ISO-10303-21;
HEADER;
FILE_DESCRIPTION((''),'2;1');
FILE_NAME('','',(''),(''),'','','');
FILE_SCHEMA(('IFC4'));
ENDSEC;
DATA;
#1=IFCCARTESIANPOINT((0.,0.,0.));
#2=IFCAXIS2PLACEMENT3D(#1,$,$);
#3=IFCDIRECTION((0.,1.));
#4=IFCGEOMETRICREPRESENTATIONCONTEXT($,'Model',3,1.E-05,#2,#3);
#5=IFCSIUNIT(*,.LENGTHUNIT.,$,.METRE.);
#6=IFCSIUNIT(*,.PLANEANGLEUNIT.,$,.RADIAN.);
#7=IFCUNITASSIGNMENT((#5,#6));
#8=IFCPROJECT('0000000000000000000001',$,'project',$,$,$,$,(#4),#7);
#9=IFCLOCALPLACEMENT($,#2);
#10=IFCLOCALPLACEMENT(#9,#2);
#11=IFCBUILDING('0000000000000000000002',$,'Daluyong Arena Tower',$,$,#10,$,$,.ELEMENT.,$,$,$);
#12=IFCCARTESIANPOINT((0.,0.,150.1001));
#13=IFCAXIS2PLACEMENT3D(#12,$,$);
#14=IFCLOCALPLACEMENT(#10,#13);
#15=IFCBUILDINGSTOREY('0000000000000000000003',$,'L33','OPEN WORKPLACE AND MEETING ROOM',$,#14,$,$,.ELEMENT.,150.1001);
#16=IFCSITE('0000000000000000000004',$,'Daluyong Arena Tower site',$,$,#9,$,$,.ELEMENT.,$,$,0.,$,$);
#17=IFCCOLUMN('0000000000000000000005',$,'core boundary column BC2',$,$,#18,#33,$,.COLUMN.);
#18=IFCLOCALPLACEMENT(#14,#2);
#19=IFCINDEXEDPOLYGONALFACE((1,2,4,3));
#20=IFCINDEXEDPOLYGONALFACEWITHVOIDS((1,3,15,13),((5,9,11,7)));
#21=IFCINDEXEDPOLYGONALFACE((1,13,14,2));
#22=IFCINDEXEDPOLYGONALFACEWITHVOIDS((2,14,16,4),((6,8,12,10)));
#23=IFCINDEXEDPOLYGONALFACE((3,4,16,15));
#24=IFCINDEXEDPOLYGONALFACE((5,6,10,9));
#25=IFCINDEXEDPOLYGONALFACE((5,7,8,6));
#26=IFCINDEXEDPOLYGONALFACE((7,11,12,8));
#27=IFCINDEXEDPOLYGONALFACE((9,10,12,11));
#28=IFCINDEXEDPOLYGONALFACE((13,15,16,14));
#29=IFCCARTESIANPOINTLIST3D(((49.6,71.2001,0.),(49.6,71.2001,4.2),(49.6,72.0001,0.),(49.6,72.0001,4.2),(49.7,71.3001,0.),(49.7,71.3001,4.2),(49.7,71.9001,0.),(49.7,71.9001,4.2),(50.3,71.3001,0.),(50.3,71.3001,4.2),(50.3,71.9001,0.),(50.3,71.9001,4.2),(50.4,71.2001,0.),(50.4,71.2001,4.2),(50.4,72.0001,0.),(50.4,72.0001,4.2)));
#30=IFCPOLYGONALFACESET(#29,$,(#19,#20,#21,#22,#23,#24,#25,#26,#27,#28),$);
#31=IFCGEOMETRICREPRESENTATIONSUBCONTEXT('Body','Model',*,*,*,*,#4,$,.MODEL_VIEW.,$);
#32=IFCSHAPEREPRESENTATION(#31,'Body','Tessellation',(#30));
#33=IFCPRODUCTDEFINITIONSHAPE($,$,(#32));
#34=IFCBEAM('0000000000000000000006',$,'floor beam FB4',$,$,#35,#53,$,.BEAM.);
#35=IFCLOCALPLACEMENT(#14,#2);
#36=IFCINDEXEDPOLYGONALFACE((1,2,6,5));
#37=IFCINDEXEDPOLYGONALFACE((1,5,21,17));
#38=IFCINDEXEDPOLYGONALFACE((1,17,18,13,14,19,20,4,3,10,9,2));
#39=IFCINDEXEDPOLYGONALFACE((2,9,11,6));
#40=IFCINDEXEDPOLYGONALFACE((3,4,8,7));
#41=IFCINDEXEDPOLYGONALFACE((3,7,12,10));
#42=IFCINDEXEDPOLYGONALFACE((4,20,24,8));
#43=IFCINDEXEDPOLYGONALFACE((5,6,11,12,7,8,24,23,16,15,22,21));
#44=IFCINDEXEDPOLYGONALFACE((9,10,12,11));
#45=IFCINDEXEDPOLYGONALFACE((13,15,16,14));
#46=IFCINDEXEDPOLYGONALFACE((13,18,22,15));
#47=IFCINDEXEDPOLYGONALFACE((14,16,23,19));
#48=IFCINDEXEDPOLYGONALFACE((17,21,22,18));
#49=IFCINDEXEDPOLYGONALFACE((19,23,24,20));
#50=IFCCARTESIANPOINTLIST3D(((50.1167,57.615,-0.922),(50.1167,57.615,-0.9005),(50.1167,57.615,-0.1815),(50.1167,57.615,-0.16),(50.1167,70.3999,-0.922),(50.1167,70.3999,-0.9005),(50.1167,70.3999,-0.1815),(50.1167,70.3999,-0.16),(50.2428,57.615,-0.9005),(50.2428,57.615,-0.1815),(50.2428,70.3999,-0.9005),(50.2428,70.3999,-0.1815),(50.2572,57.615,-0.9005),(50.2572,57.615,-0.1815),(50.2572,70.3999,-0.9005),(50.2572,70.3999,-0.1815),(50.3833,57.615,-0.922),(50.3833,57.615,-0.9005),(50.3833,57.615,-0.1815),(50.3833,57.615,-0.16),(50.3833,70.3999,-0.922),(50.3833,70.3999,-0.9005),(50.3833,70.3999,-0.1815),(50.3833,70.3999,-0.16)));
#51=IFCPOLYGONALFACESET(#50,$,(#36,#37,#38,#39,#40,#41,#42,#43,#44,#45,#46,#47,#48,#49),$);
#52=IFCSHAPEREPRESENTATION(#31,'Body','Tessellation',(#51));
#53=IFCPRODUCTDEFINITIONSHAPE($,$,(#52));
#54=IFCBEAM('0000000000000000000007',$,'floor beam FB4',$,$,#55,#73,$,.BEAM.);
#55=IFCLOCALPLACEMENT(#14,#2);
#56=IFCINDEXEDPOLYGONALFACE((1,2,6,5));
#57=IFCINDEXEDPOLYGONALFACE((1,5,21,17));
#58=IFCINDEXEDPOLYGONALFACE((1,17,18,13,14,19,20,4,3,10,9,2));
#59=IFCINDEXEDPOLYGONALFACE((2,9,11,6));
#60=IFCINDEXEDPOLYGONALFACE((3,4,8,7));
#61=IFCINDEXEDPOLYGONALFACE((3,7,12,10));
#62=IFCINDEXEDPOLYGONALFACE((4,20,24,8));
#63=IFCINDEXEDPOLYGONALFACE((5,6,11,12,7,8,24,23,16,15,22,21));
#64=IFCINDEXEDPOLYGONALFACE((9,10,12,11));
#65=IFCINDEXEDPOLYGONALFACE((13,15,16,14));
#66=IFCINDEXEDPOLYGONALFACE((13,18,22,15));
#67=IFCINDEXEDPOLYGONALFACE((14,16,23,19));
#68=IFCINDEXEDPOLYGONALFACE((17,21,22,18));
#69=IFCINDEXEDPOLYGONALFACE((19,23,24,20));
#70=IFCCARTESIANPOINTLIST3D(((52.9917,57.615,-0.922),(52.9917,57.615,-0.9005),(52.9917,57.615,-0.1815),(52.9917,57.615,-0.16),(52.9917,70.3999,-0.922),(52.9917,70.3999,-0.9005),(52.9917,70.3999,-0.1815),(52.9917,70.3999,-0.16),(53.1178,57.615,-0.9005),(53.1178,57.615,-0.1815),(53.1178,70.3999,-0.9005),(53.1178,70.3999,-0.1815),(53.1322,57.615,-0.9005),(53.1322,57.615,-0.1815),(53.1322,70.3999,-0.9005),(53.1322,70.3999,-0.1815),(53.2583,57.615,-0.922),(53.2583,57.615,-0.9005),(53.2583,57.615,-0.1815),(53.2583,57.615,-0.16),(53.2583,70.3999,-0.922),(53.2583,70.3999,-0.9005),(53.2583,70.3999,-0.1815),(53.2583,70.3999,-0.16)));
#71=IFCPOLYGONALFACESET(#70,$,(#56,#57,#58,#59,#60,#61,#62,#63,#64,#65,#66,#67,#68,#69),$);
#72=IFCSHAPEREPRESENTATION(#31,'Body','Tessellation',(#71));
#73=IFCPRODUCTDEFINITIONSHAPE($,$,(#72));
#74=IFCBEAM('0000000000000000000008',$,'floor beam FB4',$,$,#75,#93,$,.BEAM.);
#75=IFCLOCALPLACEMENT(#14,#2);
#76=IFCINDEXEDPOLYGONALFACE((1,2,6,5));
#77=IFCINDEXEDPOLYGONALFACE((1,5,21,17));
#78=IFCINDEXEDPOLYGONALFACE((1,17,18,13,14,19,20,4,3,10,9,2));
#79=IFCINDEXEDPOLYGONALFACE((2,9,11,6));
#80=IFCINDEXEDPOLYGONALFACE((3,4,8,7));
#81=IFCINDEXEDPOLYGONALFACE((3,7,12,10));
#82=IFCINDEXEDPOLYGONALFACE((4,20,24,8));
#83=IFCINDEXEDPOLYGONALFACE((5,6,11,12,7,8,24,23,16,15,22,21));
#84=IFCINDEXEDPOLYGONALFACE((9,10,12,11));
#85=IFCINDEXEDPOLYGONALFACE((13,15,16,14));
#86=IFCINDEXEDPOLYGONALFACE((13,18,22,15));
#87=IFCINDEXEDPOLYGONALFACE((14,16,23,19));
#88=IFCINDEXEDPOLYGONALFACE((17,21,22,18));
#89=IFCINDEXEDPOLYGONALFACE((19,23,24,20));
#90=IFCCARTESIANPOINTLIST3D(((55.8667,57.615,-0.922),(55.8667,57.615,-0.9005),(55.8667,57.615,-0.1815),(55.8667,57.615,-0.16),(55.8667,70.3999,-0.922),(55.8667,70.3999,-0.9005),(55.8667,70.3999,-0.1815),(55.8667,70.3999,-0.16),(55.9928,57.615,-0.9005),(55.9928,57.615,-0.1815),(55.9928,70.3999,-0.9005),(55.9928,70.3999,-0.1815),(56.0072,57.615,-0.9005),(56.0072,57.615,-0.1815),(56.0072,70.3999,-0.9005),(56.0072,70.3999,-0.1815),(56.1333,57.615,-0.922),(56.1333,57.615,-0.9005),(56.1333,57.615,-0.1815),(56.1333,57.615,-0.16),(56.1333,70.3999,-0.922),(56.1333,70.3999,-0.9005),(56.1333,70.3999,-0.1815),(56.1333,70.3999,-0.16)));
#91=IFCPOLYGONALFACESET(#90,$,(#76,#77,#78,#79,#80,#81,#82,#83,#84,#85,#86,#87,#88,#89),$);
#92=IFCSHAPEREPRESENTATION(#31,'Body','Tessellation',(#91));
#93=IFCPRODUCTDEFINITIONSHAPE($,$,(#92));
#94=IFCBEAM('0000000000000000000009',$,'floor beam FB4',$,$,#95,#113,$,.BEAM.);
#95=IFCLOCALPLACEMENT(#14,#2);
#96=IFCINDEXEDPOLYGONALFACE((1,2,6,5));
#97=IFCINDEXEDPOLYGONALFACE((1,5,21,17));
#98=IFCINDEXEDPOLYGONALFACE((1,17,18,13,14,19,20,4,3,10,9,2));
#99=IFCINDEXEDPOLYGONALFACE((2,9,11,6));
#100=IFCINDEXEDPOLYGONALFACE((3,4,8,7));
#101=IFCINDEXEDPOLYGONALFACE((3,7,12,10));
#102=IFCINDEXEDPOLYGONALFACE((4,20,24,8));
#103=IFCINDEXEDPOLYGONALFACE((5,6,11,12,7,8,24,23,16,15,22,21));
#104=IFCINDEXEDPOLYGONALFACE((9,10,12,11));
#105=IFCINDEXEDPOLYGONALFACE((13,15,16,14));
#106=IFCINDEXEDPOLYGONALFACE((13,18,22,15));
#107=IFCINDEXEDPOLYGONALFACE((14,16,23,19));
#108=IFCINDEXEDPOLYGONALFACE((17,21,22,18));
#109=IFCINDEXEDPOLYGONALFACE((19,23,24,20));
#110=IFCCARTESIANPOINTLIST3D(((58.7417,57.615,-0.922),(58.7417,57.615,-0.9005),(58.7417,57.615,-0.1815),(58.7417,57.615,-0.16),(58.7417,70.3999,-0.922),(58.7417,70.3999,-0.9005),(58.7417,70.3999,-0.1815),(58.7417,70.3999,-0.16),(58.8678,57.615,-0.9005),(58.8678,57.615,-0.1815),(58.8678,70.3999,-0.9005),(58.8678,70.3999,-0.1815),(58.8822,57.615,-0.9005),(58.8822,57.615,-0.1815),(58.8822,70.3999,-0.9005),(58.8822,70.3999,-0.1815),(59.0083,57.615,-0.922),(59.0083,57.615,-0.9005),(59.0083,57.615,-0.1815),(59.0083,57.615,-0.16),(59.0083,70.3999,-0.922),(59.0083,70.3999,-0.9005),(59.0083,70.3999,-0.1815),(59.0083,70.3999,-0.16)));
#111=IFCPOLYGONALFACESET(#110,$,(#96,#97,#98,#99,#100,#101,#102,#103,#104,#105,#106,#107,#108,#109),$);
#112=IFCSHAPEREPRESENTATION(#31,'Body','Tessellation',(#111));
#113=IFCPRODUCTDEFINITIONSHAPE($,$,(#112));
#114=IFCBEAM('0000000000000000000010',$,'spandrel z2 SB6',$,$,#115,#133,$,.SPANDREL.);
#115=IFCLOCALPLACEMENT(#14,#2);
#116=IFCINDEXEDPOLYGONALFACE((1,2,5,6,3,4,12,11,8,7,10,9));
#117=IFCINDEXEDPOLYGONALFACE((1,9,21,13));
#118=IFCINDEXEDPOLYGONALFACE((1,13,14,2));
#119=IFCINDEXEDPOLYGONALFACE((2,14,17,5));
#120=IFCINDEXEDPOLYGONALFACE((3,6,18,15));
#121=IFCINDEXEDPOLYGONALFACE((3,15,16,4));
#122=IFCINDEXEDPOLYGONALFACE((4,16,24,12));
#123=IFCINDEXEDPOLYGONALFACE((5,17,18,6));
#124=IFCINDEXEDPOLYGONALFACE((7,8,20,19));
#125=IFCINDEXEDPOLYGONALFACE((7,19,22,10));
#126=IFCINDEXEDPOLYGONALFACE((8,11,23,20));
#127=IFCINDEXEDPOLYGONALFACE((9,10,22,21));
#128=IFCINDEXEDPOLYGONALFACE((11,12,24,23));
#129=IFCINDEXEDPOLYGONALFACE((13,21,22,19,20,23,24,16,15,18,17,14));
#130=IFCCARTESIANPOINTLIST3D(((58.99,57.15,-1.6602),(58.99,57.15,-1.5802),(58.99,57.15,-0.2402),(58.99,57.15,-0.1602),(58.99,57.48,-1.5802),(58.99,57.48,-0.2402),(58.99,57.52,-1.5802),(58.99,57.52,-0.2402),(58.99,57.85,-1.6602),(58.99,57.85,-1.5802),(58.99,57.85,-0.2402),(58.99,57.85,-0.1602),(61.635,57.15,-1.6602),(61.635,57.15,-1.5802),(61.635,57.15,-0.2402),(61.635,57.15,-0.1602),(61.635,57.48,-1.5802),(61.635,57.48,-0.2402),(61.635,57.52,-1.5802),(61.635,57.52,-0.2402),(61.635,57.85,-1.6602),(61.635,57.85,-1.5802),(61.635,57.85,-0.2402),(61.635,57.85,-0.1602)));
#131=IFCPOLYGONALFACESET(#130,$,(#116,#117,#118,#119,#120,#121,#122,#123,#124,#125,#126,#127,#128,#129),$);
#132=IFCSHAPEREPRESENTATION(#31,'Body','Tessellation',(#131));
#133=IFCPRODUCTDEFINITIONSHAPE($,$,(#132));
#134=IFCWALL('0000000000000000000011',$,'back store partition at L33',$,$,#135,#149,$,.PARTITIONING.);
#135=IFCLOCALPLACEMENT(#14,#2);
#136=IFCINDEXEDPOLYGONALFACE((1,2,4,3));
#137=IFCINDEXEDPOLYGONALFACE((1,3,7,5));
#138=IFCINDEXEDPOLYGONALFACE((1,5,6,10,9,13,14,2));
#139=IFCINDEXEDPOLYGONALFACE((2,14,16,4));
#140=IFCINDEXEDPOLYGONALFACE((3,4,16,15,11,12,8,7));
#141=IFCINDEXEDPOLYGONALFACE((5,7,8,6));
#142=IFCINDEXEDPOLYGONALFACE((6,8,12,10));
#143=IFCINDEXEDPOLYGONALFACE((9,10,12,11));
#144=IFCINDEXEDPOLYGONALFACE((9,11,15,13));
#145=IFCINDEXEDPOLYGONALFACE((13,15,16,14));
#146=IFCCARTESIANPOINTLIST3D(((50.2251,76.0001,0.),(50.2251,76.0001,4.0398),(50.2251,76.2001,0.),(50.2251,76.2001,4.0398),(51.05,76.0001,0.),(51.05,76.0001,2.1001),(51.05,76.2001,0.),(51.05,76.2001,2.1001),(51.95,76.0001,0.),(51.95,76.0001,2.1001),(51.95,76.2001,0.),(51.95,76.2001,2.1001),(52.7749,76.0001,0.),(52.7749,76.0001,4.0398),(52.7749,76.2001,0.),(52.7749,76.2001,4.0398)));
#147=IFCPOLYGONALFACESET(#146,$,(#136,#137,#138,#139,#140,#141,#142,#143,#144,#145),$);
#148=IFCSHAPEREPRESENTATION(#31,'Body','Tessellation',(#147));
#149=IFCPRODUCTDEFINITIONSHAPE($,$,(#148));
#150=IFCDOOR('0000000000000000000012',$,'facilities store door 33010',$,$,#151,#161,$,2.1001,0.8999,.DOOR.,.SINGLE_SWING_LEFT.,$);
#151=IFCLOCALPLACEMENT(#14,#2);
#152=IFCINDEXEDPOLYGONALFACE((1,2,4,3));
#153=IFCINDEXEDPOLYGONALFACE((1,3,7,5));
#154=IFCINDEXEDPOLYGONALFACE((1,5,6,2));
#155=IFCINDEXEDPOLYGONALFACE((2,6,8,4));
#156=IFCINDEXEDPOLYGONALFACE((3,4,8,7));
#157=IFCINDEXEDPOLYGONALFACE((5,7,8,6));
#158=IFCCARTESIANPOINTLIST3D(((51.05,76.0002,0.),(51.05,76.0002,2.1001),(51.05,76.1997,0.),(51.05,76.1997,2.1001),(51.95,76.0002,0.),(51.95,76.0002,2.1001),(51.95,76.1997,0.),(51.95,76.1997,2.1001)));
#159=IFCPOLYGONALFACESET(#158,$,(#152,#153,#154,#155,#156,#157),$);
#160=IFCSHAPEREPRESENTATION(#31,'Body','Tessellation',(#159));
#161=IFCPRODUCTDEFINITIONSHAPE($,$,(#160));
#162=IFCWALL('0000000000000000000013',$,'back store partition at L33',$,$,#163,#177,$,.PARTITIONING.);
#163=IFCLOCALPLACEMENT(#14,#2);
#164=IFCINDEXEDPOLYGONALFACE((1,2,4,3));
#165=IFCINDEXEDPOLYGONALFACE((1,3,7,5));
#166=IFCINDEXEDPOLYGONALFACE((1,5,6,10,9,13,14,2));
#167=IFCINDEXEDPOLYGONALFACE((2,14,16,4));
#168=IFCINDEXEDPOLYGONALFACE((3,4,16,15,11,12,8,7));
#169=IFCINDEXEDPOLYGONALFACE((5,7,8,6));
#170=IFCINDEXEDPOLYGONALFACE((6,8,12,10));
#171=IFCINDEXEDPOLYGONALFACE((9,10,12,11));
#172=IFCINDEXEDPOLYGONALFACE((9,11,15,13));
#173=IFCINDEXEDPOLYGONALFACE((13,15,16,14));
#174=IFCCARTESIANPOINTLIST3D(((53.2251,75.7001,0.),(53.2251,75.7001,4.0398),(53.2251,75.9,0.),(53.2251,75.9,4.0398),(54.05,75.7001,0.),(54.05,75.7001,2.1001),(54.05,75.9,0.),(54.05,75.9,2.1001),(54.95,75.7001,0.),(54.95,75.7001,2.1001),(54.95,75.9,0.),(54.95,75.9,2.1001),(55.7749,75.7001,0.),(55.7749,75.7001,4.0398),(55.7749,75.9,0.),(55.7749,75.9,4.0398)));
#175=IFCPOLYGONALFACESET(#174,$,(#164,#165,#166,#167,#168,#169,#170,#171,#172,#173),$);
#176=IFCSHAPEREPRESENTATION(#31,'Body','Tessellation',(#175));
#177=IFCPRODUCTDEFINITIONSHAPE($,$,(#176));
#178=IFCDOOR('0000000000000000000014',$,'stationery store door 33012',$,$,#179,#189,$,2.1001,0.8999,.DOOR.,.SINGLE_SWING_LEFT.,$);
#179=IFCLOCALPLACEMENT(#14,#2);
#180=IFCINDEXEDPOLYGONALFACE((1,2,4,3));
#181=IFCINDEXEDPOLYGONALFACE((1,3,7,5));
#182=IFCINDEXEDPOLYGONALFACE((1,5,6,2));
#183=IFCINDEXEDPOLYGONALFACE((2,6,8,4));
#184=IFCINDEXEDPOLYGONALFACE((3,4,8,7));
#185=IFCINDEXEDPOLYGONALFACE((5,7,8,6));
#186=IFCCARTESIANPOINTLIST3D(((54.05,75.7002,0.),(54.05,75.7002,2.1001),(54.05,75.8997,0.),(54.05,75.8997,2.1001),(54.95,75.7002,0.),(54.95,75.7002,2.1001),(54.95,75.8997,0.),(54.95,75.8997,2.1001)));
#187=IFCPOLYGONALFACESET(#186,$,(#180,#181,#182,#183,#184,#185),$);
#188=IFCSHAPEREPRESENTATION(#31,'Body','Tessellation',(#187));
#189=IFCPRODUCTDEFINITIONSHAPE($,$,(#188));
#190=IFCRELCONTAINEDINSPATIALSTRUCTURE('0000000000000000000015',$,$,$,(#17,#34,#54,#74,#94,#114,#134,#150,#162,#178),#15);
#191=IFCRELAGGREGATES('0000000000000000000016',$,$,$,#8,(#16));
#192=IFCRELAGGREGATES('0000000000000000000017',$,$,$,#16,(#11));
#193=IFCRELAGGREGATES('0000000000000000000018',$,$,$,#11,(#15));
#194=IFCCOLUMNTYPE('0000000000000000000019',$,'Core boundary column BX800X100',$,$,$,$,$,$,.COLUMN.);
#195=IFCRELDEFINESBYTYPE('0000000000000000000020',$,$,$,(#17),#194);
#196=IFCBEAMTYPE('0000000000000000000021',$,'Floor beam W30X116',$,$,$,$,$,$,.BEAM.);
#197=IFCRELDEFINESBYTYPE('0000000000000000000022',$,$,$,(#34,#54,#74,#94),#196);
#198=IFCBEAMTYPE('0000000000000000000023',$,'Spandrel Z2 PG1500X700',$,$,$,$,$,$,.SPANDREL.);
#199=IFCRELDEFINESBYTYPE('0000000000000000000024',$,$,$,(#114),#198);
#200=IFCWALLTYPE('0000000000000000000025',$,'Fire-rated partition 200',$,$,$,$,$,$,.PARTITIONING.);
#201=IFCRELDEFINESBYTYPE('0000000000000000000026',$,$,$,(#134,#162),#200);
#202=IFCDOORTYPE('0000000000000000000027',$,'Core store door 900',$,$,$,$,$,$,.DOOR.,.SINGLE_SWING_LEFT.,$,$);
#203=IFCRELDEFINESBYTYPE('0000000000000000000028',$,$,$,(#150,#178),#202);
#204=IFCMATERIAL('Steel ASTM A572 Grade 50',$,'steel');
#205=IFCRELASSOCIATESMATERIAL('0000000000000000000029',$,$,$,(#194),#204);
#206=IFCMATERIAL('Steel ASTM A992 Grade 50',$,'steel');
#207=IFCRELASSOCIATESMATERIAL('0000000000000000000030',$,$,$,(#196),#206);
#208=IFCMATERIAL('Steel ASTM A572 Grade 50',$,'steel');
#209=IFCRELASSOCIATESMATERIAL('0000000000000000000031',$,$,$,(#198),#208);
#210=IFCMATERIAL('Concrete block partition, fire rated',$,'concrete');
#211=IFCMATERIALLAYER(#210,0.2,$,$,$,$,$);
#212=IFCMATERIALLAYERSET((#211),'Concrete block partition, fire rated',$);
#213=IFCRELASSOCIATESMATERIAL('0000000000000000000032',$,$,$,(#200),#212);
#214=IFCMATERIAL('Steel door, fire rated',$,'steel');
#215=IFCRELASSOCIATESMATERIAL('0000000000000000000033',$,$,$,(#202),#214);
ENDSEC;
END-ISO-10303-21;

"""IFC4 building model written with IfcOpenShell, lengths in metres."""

from ifc_helpers import new_model, si_unit, direction, frame, frame_2d, origin, origin_2d, place, context, subcontext, project, spatial, rectangle, hollow_rectangle, i_section, extrude, material, layer, layer_set, material_profile, profile_set, type_object, element, fill, save


model = new_model("IFC4")

# Units and contexts
model_context = context("Model", 3, precision=1e-05, world=origin(), true_north=direction((0.0, 1.0)))
body_context = subcontext(model_context, "Body", "Model", "MODEL_VIEW")
ifc_project = project(units=[si_unit("LENGTHUNIT", "METRE"), si_unit("PLANEANGLEUNIT", "RADIAN")], contexts=[model_context])

# Site, building, storey
site_placement = place(None, origin())
site = spatial("IfcSite", under=ifc_project, at=site_placement, Name="Daluyong Arena Tower site", CompositionType="ELEMENT", RefElevation=0.0)
building_placement = place(site_placement, origin())
building = spatial("IfcBuilding", under=site, at=building_placement, Name="Daluyong Arena Tower", CompositionType="ELEMENT")
storey_placement = place(building_placement, frame((0.0, 0.0, 150.1001)))
storey = spatial("IfcBuildingStorey", under=building, at=storey_placement, Name="L33", Description="OPEN WORKPLACE AND MEETING ROOM", CompositionType="ELEMENT", Elevation=150.1001)

# Column
ifc_material_1 = material(Name="Steel ASTM A572 Grade 50", Category="steel")
ifc_material_profile_1 = material_profile(ifc_material_1, hollow_rectangle(XDim=0.8, YDim=0.8, WallThickness=0.1, at=origin_2d()))
ifc_profile_set_1 = profile_set([ifc_material_profile_1], Name="Steel ASTM A572 Grade 50")
column_type = type_object("IfcColumnType", Name="Core boundary column BX800X100", PredefinedType="COLUMN", material=ifc_profile_set_1)
column_placement = place(storey_placement, frame((50.0, 71.6001, 0.0), z_axis=(0.0, 0.0, 1.0), x_axis=(1.0, 0.0, 0.0)))
element("IfcColumn", 1, at=column_placement, inside=storey, type_object=column_type, Name="core boundary column BC2", PredefinedType="COLUMN", context=body_context, shape_type="SweptSolid", body=[
    extrude(hollow_rectangle(XDim=0.8, YDim=0.8, WallThickness=0.1, at=origin_2d()), origin(), (0.0, 0.0, 1.0), 4.2),
])

# Beams
ifc_material_2 = material(Name="Steel ASTM A992 Grade 50", Category="steel")
ifc_material_profile_2 = material_profile(ifc_material_2, i_section(OverallWidth=0.2666, OverallDepth=0.762, WebThickness=0.0144, FlangeThickness=0.0215, at=origin_2d()))
ifc_profile_set_2 = profile_set([ifc_material_profile_2], Name="Steel ASTM A992 Grade 50")
beam_type_1 = type_object("IfcBeamType", Name="Floor beam W30X116", PredefinedType="BEAM", material=ifc_profile_set_2)
for number, where, z_axis, x_axis, name in (
    (2, (50.25, 57.615, -0.541), (0.0, 1.0, 0.0), (-1.0, 0.0, 0.0), "floor beam FB4"),
    (3, (53.125, 57.615, -0.541), (0.0, 1.0, 0.0), (-1.0, 0.0, 0.0), "floor beam FB4"),
    (4, (56.0, 57.615, -0.541), (0.0, 1.0, 0.0), (-1.0, 0.0, 0.0), "floor beam FB4"),
    (5, (58.875, 57.615, -0.541), (0.0, 1.0, 0.0), (-1.0, 0.0, 0.0), "floor beam FB4"),
):
    element("IfcBeam", number, at=place(storey_placement, frame(where, z_axis=z_axis, x_axis=x_axis)), inside=storey, type_object=beam_type_1, Name=name, PredefinedType="BEAM", context=body_context, shape_type="SweptSolid", body=[
        extrude(i_section(OverallWidth=0.2666, OverallDepth=0.762, WebThickness=0.0144, FlangeThickness=0.0215, at=origin_2d()), origin(), (0.0, 0.0, 1.0), 12.7849),
    ])
ifc_material_3 = material(Name="Steel ASTM A572 Grade 50", Category="steel")
ifc_material_profile_3 = material_profile(ifc_material_3, i_section(OverallWidth=0.7, OverallDepth=1.5, WebThickness=0.04, FlangeThickness=0.08, at=origin_2d()))
ifc_profile_set_3 = profile_set([ifc_material_profile_3], Name="Steel ASTM A572 Grade 50")
beam_type_2 = type_object("IfcBeamType", Name="Spandrel Z2 PG1500X700", PredefinedType="SPANDREL", material=ifc_profile_set_3)
beam_placement = place(storey_placement, frame((58.99, 57.5, -0.9102), z_axis=(1.0, 0.0, 0.0), x_axis=(0.0, 1.0, 0.0)))
element("IfcBeam", 6, at=beam_placement, inside=storey, type_object=beam_type_2, Name="spandrel z2 SB6", PredefinedType="SPANDREL", context=body_context, shape_type="SweptSolid", body=[
    extrude(i_section(OverallWidth=0.7, OverallDepth=1.5, WebThickness=0.04, FlangeThickness=0.08, at=origin_2d()), origin(), (0.0, 0.0, 1.0), 2.645),
])

# Walls, openings, doors
ifc_material_4 = material(Name="Concrete block partition, fire rated", Category="concrete")
ifc_layer_1 = layer(ifc_material_4, 0.2)
ifc_layer_set_1 = layer_set([ifc_layer_1], Name="Concrete block partition, fire rated")
wall_type_1 = type_object("IfcWallType", Name="Fire-rated partition 200", PredefinedType="PARTITIONING", material=ifc_layer_set_1)
wall_1_placement = place(storey_placement, frame((50.2251, 76.1001, 0.0), z_axis=(0.0, 0.0, 1.0), x_axis=(1.0, 0.0, 0.0)))
wall_1 = element("IfcWall", 7, at=wall_1_placement, inside=storey, type_object=wall_type_1, Name="back store partition at L33", PredefinedType="PARTITIONING", context=body_context, shape_type="SweptSolid", body=[
    extrude(rectangle(XDim=2.5498, YDim=0.2, at=frame_2d((1.2749, 0.0))), origin(), (0.0, 0.0, 1.0), 4.0398),
])
opening_1_placement = place(wall_1_placement, frame((0.825, 0.0, 0.0)))
opening_1 = element("IfcOpeningElement", 8, at=opening_1_placement, cuts=wall_1, PredefinedType="OPENING", context=body_context, shape_type="SweptSolid", body=[
    extrude(rectangle(XDim=0.8999, YDim=2.1001, at=frame_2d((0.45, 1.05))), frame((0.0, 0.1099, 0.0), z_axis=(0.0, -1.0, 0.0), x_axis=(1.0, 0.0, 0.0)), (0.0, 0.0, 1.0), 0.22),
])
ifc_material_5 = material(Name="Steel door, fire rated", Category="steel")
door_type_1 = type_object("IfcDoorType", Name="Core store door 900", OperationType="SINGLE_SWING_LEFT", PredefinedType="DOOR", material=ifc_material_5)
door_1_placement = place(opening_1_placement, origin())
door_1 = element("IfcDoor", 9, at=door_1_placement, inside=storey, type_object=door_type_1, Name="facilities store door 33010", OperationType="SINGLE_SWING_LEFT", OverallHeight=2.1001, OverallWidth=0.8999, PredefinedType="DOOR", context=body_context, shape_type="SweptSolid", body=[
    extrude(rectangle(XDim=0.8999, YDim=2.1001, at=frame_2d((0.45, 1.05))), frame((0.0, 0.0996, 0.0), z_axis=(0.0, -1.0, 0.0), x_axis=(1.0, 0.0, 0.0)), (0.0, 0.0, 1.0), 0.1995),
])
fill(opening_1, door_1)
wall_2_placement = place(storey_placement, frame((53.2251, 75.8, 0.0), z_axis=(0.0, 0.0, 1.0), x_axis=(1.0, 0.0, 0.0)))
wall_2 = element("IfcWall", 10, at=wall_2_placement, inside=storey, type_object=wall_type_1, Name="back store partition at L33", PredefinedType="PARTITIONING", context=body_context, shape_type="SweptSolid", body=[
    extrude(rectangle(XDim=2.5498, YDim=0.2, at=frame_2d((1.2749, 0.0))), origin(), (0.0, 0.0, 1.0), 4.0398),
])
opening_2_placement = place(wall_2_placement, frame((0.825, 0.0, 0.0)))
opening_2 = element("IfcOpeningElement", 11, at=opening_2_placement, cuts=wall_2, PredefinedType="OPENING", context=body_context, shape_type="SweptSolid", body=[
    extrude(rectangle(XDim=0.8999, YDim=2.1001, at=frame_2d((0.45, 1.05))), frame((0.0, 0.1099, 0.0), z_axis=(0.0, -1.0, 0.0), x_axis=(1.0, 0.0, 0.0)), (0.0, 0.0, 1.0), 0.22),
])
door_2_placement = place(opening_2_placement, origin())
door_2 = element("IfcDoor", 12, at=door_2_placement, inside=storey, type_object=door_type_1, Name="stationery store door 33012", OperationType="SINGLE_SWING_LEFT", OverallHeight=2.1001, OverallWidth=0.8999, PredefinedType="DOOR", context=body_context, shape_type="SweptSolid", body=[
    extrude(rectangle(XDim=0.8999, YDim=2.1001, at=frame_2d((0.45, 1.05))), frame((0.0, 0.0996, 0.0), z_axis=(0.0, -1.0, 0.0), x_axis=(1.0, 0.0, 0.0)), (0.0, 0.0, 1.0), 0.1995),
])
fill(opening_2, door_2)

save(model, "model.ifc")
